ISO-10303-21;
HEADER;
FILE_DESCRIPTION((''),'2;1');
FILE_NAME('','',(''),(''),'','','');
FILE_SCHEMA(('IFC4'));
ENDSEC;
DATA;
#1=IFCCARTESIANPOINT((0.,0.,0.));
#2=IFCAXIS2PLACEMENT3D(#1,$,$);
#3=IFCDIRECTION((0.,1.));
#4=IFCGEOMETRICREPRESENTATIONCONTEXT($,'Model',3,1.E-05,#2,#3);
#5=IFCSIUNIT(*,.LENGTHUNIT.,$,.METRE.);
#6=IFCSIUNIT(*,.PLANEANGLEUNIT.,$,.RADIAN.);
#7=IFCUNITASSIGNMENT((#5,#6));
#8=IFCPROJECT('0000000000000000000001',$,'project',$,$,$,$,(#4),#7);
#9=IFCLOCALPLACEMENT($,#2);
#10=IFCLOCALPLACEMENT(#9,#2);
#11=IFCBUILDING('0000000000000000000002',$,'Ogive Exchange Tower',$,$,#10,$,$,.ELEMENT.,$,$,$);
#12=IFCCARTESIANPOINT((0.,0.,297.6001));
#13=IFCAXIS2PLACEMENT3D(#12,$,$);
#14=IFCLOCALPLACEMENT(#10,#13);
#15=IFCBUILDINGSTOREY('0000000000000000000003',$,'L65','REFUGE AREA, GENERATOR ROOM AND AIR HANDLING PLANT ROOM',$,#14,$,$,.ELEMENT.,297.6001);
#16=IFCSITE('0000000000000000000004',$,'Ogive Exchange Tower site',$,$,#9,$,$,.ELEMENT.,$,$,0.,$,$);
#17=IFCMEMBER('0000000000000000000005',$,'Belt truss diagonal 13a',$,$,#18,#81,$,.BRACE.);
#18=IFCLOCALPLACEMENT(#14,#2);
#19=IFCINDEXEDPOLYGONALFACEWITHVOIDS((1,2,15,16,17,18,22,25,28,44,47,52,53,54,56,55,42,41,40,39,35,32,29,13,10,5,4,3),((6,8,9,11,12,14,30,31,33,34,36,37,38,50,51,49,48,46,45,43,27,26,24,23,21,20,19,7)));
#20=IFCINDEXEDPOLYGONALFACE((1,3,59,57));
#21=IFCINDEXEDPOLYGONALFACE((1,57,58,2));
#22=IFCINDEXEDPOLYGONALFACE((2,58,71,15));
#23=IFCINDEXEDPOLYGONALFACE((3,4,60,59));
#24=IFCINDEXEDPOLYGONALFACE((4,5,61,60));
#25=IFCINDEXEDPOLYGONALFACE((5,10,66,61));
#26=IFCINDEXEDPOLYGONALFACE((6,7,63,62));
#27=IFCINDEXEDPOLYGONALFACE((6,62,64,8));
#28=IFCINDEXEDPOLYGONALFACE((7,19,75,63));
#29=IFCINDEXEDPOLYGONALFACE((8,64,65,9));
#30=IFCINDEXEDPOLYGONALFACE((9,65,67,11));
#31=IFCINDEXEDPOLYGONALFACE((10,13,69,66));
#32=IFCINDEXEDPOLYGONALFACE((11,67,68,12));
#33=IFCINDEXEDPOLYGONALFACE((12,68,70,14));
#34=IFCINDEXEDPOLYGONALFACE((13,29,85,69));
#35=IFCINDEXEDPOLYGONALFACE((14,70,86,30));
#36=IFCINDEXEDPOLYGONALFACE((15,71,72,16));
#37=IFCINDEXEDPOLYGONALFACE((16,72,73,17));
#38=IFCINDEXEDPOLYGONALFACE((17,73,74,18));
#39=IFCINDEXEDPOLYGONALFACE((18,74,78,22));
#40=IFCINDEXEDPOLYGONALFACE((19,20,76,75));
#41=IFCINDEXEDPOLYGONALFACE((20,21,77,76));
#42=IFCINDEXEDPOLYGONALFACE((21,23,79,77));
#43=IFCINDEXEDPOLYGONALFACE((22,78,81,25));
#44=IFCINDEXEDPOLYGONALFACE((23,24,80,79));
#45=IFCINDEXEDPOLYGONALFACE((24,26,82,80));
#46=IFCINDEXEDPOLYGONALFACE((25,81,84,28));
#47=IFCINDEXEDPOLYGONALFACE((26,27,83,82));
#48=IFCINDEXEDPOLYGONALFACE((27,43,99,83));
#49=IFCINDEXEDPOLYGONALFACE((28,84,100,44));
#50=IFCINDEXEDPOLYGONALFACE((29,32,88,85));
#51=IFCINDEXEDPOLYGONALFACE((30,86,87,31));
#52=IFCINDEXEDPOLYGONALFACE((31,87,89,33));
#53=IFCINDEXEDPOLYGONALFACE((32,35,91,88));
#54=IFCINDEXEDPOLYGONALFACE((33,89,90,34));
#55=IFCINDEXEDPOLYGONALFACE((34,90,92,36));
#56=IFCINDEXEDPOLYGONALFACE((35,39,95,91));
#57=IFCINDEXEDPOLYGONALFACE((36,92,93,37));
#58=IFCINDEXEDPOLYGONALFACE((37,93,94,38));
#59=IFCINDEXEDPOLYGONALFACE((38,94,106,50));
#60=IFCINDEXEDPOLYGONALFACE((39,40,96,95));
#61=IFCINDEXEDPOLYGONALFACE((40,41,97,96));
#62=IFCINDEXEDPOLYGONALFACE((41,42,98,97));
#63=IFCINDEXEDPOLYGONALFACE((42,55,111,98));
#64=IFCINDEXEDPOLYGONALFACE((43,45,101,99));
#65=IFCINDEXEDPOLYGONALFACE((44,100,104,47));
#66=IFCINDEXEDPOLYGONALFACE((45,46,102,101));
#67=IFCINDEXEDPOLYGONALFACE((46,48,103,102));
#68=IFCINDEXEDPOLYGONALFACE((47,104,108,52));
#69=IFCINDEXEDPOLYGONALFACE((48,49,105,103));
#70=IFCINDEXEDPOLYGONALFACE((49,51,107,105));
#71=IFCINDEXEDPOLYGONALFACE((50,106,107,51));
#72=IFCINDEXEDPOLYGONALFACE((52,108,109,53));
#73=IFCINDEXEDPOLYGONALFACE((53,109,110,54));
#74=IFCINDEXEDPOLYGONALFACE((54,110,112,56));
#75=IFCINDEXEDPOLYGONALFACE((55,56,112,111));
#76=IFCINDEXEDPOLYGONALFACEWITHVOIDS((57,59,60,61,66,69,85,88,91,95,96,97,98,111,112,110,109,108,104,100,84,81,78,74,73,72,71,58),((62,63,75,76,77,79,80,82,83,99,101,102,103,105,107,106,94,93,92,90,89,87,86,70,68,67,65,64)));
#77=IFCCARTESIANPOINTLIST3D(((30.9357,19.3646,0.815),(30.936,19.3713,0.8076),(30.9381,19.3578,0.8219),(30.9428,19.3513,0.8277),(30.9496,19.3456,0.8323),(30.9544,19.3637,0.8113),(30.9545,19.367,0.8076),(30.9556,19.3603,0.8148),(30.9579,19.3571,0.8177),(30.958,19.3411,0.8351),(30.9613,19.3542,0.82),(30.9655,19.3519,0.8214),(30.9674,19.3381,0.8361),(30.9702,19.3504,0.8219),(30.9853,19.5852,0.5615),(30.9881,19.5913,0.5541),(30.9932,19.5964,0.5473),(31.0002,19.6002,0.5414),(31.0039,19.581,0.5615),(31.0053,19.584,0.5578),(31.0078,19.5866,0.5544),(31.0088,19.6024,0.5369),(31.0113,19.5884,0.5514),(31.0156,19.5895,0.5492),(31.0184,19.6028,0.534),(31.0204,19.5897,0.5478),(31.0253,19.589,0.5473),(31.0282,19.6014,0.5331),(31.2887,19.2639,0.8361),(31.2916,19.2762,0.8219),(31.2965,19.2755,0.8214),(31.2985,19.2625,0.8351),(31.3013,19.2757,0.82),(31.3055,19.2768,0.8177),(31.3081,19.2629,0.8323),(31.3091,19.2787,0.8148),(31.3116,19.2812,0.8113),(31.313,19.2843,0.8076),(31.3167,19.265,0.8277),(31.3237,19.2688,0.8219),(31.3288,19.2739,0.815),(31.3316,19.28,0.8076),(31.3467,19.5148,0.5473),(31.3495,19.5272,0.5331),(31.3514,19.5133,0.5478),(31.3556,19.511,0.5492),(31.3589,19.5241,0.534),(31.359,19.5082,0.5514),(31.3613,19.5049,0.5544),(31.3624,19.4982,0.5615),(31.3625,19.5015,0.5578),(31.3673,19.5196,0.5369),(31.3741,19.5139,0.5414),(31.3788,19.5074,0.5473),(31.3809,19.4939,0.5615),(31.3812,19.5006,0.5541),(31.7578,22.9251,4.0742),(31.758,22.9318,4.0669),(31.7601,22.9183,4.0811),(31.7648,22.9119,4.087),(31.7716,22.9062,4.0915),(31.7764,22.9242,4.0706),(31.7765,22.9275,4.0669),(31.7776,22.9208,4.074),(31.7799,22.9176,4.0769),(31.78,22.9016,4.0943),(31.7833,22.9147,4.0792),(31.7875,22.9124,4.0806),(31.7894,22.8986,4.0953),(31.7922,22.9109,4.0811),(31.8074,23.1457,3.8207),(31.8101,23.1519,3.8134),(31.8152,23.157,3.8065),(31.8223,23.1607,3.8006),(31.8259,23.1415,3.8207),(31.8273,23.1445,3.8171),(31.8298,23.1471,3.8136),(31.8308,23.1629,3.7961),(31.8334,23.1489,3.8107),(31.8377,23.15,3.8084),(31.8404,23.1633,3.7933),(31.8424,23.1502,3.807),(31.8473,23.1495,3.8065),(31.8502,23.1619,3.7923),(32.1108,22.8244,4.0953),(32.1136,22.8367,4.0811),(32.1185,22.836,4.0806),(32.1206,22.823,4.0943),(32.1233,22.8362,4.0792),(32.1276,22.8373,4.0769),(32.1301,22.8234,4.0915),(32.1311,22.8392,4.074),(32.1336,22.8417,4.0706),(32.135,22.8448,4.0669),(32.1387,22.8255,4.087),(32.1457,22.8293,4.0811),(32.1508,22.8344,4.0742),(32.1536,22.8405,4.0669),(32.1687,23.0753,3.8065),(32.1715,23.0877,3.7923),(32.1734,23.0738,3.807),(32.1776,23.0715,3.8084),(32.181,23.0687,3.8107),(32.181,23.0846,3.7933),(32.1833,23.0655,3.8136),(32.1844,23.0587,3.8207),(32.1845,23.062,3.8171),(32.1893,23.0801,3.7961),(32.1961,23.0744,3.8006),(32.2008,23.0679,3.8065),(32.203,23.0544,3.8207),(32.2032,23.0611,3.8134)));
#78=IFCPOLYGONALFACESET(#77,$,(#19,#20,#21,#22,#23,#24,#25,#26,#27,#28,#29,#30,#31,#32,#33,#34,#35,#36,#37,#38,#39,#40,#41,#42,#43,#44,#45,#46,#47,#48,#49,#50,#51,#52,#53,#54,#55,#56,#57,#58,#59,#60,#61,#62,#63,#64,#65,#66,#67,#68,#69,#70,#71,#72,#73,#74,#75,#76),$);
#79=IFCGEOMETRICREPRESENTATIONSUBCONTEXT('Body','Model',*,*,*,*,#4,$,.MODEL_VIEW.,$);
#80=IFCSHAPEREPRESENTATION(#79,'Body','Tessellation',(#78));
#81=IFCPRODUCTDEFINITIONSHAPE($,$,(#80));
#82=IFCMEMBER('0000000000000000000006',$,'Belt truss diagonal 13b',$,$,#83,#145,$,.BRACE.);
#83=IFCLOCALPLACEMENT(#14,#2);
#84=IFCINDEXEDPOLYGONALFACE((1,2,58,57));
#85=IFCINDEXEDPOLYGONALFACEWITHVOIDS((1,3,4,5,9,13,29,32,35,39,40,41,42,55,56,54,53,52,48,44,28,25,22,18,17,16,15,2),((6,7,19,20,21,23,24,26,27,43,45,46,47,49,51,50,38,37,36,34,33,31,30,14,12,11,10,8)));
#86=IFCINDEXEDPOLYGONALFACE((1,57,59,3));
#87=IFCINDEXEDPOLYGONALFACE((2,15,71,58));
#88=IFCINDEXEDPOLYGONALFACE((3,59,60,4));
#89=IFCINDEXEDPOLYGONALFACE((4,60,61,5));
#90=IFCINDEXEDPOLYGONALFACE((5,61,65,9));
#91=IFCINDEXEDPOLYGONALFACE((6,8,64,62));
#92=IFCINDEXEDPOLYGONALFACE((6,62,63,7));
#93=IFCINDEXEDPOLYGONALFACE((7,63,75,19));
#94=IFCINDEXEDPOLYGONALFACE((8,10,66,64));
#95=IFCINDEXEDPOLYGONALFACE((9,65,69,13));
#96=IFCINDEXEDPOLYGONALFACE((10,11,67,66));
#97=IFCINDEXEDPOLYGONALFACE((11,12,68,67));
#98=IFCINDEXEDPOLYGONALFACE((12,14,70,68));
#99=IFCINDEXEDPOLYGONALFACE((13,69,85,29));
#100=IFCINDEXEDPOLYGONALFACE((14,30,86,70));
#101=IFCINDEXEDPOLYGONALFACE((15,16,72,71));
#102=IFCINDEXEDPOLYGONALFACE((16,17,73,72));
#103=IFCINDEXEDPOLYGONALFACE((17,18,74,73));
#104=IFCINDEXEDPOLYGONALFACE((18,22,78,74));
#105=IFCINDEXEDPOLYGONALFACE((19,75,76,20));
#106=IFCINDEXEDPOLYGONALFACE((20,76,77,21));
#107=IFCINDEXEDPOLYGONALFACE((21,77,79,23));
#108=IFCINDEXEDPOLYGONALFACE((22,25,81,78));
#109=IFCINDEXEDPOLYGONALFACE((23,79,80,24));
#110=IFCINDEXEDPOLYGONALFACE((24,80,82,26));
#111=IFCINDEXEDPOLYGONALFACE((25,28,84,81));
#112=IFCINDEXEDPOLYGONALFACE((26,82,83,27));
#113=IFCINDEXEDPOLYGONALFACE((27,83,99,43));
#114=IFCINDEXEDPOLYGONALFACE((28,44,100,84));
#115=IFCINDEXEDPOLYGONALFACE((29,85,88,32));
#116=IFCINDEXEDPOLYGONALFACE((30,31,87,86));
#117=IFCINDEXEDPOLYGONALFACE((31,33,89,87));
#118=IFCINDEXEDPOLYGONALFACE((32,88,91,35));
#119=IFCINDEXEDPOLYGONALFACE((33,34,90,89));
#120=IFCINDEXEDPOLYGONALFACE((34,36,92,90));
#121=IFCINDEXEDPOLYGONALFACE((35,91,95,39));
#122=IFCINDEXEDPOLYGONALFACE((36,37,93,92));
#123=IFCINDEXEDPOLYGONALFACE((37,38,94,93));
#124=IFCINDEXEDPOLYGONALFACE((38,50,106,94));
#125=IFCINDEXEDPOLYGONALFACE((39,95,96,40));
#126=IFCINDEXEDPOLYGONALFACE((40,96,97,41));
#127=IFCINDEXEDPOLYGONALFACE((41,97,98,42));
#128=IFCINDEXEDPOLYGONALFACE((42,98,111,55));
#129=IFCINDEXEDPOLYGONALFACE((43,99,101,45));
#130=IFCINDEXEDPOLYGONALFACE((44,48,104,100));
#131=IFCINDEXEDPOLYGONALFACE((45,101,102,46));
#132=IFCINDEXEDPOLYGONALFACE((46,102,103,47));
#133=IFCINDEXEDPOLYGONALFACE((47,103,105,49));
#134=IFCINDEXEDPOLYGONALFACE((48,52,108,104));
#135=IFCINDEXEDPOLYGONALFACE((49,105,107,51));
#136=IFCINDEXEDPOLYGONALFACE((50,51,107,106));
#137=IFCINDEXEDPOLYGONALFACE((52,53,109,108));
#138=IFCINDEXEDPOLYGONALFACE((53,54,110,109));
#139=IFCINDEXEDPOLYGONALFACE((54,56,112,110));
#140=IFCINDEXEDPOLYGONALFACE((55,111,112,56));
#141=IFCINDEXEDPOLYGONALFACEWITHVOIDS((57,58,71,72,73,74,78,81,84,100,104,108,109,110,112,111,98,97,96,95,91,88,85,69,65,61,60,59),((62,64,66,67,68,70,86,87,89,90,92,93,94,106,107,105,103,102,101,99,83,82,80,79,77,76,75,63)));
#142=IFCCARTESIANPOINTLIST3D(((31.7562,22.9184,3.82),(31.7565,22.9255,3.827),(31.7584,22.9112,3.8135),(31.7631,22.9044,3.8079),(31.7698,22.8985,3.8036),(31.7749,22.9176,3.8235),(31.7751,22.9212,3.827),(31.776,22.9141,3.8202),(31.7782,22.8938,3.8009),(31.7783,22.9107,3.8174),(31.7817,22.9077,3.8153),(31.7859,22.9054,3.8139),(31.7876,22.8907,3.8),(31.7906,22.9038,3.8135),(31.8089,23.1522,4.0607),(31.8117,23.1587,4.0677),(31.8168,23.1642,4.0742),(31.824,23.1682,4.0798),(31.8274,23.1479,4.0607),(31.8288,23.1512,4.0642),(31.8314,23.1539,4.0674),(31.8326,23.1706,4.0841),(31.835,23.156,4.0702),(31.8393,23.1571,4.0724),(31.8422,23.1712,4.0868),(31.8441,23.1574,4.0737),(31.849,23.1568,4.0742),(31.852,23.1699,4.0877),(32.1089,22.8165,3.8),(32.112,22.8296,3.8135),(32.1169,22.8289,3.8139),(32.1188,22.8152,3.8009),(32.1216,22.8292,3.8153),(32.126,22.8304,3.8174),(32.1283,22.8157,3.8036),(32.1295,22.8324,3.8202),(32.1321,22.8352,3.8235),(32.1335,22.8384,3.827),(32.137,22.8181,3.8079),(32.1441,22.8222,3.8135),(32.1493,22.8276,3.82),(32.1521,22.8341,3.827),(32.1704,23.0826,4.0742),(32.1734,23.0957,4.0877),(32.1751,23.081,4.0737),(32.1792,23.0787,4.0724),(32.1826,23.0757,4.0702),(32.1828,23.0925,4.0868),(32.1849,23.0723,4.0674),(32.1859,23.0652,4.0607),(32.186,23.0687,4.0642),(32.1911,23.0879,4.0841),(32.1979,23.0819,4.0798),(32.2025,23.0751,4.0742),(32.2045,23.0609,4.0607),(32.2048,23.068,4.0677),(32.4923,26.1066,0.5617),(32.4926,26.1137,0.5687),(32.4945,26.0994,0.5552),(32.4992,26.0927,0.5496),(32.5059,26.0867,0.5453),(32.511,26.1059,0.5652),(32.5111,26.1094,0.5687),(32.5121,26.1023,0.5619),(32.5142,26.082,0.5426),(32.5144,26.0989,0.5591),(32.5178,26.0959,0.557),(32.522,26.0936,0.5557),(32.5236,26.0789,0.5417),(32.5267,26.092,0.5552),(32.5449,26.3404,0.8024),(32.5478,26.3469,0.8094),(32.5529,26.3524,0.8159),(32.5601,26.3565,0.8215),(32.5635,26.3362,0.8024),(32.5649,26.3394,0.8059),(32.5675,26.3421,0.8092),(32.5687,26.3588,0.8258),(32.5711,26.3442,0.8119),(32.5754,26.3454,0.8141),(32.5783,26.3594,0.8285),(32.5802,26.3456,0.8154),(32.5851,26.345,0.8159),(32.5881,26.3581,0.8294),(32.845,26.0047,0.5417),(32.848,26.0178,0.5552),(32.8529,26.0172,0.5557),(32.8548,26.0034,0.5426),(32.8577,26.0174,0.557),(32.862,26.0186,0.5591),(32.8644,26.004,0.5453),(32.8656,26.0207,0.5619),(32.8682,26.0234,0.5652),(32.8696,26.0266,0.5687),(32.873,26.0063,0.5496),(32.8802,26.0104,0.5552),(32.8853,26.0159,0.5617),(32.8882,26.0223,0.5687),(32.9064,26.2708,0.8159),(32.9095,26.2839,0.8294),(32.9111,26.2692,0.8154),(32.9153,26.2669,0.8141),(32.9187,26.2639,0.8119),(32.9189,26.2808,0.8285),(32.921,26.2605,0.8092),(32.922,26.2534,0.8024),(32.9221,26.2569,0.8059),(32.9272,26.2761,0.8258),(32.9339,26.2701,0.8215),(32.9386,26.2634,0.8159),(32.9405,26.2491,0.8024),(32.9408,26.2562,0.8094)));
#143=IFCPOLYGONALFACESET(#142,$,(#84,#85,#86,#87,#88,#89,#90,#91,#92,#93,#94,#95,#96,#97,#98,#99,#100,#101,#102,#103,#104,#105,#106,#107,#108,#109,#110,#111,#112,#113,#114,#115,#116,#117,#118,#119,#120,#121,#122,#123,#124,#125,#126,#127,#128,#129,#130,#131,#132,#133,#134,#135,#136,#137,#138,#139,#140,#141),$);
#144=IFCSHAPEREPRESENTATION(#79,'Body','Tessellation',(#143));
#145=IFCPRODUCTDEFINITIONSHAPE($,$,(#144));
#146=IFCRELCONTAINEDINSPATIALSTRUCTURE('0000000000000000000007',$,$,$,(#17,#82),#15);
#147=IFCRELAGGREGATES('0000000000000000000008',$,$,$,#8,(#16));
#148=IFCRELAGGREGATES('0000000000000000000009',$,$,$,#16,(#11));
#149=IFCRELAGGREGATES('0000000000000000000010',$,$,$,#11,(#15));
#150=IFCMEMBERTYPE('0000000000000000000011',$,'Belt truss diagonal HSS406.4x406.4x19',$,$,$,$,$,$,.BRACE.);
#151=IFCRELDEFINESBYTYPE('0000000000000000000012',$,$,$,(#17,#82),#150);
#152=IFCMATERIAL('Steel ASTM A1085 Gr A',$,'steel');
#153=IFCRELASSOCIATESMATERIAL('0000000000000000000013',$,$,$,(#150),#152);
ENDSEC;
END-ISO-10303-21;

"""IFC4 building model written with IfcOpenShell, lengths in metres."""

from ifc_helpers import new_model, si_unit, direction, frame, origin, origin_2d, place, context, subcontext, project, spatial, hollow_rectangle, extrude, material, material_profile, profile_set, type_object, element, save


model = new_model("IFC4")

# Units and contexts
model_context = context("Model", 3, precision=1e-05, world=origin(), true_north=direction((0.0, 1.0)))
body_context = subcontext(model_context, "Body", "Model", "MODEL_VIEW")
ifc_project = project(units=[si_unit("LENGTHUNIT", "METRE"), si_unit("PLANEANGLEUNIT", "RADIAN")], contexts=[model_context])

# Site, building, storey
site_placement = place(None, origin())
site = spatial("IfcSite", under=ifc_project, at=site_placement, Name="Ogive Exchange Tower site", CompositionType="ELEMENT", RefElevation=0.0)
building_placement = place(site_placement, origin())
building = spatial("IfcBuilding", under=site, at=building_placement, Name="Ogive Exchange Tower", CompositionType="ELEMENT")
storey_placement = place(building_placement, frame((0.0, 0.0, 297.6001)))
storey = spatial("IfcBuildingStorey", under=building, at=storey_placement, Name="L65", Description="REFUGE AREA, GENERATOR ROOM AND AIR HANDLING PLANT ROOM", CompositionType="ELEMENT", Elevation=297.6001)

# Members
ifc_material_1 = material(Name="Steel ASTM A1085 Gr A", Category="steel")
ifc_material_profile_1 = material_profile(ifc_material_1, hollow_rectangle(XDim=0.406, YDim=0.406, WallThickness=0.019, InnerFilletRadius=0.019, OuterFilletRadius=0.0381, at=origin_2d()), Name="HSS406.4x406.4x19")
ifc_profile_set_1 = profile_set([ifc_material_profile_1], Name="Steel ASTM A1085 Gr A")
member_type_1 = type_object("IfcMemberType", Name="Belt truss diagonal HSS406.4x406.4x19", PredefinedType="BRACE", material=ifc_profile_set_1)
member_1_placement = place(storey_placement, frame((31.1584, 19.4326, 0.6846), z_axis=(0.167878, 0.727156, 0.665629), x_axis=(-0.97437, 0.224952, 0.0)))
element("IfcMember", 1, at=member_1_placement, inside=storey, type_object=member_type_1, Name="Belt truss diagonal 13a", PredefinedType="BRACE", context=body_context, shape_type="SweptSolid", body=[
    extrude(hollow_rectangle(XDim=0.406, YDim=0.406, WallThickness=0.019, InnerFilletRadius=0.019, OuterFilletRadius=0.0381, at=origin_2d()), origin(), (0.0, 0.0, 1.0), 4.8965),
])
member_2_placement = place(storey_placement, frame((32.7166, 26.1814, 0.6855), z_axis=(-0.159405, -0.690437, 0.705611), x_axis=(0.974369, -0.224958, 0.0)))
element("IfcMember", 2, at=member_2_placement, inside=storey, type_object=member_type_1, Name="Belt truss diagonal 13b", PredefinedType="BRACE", context=body_context, shape_type="SweptSolid", body=[
    extrude(hollow_rectangle(XDim=0.406, YDim=0.406, WallThickness=0.019, InnerFilletRadius=0.019, OuterFilletRadius=0.0381, at=origin_2d()), origin(), (0.0, 0.0, 1.0), 4.6177),
])

save(model, "model.ifc")
